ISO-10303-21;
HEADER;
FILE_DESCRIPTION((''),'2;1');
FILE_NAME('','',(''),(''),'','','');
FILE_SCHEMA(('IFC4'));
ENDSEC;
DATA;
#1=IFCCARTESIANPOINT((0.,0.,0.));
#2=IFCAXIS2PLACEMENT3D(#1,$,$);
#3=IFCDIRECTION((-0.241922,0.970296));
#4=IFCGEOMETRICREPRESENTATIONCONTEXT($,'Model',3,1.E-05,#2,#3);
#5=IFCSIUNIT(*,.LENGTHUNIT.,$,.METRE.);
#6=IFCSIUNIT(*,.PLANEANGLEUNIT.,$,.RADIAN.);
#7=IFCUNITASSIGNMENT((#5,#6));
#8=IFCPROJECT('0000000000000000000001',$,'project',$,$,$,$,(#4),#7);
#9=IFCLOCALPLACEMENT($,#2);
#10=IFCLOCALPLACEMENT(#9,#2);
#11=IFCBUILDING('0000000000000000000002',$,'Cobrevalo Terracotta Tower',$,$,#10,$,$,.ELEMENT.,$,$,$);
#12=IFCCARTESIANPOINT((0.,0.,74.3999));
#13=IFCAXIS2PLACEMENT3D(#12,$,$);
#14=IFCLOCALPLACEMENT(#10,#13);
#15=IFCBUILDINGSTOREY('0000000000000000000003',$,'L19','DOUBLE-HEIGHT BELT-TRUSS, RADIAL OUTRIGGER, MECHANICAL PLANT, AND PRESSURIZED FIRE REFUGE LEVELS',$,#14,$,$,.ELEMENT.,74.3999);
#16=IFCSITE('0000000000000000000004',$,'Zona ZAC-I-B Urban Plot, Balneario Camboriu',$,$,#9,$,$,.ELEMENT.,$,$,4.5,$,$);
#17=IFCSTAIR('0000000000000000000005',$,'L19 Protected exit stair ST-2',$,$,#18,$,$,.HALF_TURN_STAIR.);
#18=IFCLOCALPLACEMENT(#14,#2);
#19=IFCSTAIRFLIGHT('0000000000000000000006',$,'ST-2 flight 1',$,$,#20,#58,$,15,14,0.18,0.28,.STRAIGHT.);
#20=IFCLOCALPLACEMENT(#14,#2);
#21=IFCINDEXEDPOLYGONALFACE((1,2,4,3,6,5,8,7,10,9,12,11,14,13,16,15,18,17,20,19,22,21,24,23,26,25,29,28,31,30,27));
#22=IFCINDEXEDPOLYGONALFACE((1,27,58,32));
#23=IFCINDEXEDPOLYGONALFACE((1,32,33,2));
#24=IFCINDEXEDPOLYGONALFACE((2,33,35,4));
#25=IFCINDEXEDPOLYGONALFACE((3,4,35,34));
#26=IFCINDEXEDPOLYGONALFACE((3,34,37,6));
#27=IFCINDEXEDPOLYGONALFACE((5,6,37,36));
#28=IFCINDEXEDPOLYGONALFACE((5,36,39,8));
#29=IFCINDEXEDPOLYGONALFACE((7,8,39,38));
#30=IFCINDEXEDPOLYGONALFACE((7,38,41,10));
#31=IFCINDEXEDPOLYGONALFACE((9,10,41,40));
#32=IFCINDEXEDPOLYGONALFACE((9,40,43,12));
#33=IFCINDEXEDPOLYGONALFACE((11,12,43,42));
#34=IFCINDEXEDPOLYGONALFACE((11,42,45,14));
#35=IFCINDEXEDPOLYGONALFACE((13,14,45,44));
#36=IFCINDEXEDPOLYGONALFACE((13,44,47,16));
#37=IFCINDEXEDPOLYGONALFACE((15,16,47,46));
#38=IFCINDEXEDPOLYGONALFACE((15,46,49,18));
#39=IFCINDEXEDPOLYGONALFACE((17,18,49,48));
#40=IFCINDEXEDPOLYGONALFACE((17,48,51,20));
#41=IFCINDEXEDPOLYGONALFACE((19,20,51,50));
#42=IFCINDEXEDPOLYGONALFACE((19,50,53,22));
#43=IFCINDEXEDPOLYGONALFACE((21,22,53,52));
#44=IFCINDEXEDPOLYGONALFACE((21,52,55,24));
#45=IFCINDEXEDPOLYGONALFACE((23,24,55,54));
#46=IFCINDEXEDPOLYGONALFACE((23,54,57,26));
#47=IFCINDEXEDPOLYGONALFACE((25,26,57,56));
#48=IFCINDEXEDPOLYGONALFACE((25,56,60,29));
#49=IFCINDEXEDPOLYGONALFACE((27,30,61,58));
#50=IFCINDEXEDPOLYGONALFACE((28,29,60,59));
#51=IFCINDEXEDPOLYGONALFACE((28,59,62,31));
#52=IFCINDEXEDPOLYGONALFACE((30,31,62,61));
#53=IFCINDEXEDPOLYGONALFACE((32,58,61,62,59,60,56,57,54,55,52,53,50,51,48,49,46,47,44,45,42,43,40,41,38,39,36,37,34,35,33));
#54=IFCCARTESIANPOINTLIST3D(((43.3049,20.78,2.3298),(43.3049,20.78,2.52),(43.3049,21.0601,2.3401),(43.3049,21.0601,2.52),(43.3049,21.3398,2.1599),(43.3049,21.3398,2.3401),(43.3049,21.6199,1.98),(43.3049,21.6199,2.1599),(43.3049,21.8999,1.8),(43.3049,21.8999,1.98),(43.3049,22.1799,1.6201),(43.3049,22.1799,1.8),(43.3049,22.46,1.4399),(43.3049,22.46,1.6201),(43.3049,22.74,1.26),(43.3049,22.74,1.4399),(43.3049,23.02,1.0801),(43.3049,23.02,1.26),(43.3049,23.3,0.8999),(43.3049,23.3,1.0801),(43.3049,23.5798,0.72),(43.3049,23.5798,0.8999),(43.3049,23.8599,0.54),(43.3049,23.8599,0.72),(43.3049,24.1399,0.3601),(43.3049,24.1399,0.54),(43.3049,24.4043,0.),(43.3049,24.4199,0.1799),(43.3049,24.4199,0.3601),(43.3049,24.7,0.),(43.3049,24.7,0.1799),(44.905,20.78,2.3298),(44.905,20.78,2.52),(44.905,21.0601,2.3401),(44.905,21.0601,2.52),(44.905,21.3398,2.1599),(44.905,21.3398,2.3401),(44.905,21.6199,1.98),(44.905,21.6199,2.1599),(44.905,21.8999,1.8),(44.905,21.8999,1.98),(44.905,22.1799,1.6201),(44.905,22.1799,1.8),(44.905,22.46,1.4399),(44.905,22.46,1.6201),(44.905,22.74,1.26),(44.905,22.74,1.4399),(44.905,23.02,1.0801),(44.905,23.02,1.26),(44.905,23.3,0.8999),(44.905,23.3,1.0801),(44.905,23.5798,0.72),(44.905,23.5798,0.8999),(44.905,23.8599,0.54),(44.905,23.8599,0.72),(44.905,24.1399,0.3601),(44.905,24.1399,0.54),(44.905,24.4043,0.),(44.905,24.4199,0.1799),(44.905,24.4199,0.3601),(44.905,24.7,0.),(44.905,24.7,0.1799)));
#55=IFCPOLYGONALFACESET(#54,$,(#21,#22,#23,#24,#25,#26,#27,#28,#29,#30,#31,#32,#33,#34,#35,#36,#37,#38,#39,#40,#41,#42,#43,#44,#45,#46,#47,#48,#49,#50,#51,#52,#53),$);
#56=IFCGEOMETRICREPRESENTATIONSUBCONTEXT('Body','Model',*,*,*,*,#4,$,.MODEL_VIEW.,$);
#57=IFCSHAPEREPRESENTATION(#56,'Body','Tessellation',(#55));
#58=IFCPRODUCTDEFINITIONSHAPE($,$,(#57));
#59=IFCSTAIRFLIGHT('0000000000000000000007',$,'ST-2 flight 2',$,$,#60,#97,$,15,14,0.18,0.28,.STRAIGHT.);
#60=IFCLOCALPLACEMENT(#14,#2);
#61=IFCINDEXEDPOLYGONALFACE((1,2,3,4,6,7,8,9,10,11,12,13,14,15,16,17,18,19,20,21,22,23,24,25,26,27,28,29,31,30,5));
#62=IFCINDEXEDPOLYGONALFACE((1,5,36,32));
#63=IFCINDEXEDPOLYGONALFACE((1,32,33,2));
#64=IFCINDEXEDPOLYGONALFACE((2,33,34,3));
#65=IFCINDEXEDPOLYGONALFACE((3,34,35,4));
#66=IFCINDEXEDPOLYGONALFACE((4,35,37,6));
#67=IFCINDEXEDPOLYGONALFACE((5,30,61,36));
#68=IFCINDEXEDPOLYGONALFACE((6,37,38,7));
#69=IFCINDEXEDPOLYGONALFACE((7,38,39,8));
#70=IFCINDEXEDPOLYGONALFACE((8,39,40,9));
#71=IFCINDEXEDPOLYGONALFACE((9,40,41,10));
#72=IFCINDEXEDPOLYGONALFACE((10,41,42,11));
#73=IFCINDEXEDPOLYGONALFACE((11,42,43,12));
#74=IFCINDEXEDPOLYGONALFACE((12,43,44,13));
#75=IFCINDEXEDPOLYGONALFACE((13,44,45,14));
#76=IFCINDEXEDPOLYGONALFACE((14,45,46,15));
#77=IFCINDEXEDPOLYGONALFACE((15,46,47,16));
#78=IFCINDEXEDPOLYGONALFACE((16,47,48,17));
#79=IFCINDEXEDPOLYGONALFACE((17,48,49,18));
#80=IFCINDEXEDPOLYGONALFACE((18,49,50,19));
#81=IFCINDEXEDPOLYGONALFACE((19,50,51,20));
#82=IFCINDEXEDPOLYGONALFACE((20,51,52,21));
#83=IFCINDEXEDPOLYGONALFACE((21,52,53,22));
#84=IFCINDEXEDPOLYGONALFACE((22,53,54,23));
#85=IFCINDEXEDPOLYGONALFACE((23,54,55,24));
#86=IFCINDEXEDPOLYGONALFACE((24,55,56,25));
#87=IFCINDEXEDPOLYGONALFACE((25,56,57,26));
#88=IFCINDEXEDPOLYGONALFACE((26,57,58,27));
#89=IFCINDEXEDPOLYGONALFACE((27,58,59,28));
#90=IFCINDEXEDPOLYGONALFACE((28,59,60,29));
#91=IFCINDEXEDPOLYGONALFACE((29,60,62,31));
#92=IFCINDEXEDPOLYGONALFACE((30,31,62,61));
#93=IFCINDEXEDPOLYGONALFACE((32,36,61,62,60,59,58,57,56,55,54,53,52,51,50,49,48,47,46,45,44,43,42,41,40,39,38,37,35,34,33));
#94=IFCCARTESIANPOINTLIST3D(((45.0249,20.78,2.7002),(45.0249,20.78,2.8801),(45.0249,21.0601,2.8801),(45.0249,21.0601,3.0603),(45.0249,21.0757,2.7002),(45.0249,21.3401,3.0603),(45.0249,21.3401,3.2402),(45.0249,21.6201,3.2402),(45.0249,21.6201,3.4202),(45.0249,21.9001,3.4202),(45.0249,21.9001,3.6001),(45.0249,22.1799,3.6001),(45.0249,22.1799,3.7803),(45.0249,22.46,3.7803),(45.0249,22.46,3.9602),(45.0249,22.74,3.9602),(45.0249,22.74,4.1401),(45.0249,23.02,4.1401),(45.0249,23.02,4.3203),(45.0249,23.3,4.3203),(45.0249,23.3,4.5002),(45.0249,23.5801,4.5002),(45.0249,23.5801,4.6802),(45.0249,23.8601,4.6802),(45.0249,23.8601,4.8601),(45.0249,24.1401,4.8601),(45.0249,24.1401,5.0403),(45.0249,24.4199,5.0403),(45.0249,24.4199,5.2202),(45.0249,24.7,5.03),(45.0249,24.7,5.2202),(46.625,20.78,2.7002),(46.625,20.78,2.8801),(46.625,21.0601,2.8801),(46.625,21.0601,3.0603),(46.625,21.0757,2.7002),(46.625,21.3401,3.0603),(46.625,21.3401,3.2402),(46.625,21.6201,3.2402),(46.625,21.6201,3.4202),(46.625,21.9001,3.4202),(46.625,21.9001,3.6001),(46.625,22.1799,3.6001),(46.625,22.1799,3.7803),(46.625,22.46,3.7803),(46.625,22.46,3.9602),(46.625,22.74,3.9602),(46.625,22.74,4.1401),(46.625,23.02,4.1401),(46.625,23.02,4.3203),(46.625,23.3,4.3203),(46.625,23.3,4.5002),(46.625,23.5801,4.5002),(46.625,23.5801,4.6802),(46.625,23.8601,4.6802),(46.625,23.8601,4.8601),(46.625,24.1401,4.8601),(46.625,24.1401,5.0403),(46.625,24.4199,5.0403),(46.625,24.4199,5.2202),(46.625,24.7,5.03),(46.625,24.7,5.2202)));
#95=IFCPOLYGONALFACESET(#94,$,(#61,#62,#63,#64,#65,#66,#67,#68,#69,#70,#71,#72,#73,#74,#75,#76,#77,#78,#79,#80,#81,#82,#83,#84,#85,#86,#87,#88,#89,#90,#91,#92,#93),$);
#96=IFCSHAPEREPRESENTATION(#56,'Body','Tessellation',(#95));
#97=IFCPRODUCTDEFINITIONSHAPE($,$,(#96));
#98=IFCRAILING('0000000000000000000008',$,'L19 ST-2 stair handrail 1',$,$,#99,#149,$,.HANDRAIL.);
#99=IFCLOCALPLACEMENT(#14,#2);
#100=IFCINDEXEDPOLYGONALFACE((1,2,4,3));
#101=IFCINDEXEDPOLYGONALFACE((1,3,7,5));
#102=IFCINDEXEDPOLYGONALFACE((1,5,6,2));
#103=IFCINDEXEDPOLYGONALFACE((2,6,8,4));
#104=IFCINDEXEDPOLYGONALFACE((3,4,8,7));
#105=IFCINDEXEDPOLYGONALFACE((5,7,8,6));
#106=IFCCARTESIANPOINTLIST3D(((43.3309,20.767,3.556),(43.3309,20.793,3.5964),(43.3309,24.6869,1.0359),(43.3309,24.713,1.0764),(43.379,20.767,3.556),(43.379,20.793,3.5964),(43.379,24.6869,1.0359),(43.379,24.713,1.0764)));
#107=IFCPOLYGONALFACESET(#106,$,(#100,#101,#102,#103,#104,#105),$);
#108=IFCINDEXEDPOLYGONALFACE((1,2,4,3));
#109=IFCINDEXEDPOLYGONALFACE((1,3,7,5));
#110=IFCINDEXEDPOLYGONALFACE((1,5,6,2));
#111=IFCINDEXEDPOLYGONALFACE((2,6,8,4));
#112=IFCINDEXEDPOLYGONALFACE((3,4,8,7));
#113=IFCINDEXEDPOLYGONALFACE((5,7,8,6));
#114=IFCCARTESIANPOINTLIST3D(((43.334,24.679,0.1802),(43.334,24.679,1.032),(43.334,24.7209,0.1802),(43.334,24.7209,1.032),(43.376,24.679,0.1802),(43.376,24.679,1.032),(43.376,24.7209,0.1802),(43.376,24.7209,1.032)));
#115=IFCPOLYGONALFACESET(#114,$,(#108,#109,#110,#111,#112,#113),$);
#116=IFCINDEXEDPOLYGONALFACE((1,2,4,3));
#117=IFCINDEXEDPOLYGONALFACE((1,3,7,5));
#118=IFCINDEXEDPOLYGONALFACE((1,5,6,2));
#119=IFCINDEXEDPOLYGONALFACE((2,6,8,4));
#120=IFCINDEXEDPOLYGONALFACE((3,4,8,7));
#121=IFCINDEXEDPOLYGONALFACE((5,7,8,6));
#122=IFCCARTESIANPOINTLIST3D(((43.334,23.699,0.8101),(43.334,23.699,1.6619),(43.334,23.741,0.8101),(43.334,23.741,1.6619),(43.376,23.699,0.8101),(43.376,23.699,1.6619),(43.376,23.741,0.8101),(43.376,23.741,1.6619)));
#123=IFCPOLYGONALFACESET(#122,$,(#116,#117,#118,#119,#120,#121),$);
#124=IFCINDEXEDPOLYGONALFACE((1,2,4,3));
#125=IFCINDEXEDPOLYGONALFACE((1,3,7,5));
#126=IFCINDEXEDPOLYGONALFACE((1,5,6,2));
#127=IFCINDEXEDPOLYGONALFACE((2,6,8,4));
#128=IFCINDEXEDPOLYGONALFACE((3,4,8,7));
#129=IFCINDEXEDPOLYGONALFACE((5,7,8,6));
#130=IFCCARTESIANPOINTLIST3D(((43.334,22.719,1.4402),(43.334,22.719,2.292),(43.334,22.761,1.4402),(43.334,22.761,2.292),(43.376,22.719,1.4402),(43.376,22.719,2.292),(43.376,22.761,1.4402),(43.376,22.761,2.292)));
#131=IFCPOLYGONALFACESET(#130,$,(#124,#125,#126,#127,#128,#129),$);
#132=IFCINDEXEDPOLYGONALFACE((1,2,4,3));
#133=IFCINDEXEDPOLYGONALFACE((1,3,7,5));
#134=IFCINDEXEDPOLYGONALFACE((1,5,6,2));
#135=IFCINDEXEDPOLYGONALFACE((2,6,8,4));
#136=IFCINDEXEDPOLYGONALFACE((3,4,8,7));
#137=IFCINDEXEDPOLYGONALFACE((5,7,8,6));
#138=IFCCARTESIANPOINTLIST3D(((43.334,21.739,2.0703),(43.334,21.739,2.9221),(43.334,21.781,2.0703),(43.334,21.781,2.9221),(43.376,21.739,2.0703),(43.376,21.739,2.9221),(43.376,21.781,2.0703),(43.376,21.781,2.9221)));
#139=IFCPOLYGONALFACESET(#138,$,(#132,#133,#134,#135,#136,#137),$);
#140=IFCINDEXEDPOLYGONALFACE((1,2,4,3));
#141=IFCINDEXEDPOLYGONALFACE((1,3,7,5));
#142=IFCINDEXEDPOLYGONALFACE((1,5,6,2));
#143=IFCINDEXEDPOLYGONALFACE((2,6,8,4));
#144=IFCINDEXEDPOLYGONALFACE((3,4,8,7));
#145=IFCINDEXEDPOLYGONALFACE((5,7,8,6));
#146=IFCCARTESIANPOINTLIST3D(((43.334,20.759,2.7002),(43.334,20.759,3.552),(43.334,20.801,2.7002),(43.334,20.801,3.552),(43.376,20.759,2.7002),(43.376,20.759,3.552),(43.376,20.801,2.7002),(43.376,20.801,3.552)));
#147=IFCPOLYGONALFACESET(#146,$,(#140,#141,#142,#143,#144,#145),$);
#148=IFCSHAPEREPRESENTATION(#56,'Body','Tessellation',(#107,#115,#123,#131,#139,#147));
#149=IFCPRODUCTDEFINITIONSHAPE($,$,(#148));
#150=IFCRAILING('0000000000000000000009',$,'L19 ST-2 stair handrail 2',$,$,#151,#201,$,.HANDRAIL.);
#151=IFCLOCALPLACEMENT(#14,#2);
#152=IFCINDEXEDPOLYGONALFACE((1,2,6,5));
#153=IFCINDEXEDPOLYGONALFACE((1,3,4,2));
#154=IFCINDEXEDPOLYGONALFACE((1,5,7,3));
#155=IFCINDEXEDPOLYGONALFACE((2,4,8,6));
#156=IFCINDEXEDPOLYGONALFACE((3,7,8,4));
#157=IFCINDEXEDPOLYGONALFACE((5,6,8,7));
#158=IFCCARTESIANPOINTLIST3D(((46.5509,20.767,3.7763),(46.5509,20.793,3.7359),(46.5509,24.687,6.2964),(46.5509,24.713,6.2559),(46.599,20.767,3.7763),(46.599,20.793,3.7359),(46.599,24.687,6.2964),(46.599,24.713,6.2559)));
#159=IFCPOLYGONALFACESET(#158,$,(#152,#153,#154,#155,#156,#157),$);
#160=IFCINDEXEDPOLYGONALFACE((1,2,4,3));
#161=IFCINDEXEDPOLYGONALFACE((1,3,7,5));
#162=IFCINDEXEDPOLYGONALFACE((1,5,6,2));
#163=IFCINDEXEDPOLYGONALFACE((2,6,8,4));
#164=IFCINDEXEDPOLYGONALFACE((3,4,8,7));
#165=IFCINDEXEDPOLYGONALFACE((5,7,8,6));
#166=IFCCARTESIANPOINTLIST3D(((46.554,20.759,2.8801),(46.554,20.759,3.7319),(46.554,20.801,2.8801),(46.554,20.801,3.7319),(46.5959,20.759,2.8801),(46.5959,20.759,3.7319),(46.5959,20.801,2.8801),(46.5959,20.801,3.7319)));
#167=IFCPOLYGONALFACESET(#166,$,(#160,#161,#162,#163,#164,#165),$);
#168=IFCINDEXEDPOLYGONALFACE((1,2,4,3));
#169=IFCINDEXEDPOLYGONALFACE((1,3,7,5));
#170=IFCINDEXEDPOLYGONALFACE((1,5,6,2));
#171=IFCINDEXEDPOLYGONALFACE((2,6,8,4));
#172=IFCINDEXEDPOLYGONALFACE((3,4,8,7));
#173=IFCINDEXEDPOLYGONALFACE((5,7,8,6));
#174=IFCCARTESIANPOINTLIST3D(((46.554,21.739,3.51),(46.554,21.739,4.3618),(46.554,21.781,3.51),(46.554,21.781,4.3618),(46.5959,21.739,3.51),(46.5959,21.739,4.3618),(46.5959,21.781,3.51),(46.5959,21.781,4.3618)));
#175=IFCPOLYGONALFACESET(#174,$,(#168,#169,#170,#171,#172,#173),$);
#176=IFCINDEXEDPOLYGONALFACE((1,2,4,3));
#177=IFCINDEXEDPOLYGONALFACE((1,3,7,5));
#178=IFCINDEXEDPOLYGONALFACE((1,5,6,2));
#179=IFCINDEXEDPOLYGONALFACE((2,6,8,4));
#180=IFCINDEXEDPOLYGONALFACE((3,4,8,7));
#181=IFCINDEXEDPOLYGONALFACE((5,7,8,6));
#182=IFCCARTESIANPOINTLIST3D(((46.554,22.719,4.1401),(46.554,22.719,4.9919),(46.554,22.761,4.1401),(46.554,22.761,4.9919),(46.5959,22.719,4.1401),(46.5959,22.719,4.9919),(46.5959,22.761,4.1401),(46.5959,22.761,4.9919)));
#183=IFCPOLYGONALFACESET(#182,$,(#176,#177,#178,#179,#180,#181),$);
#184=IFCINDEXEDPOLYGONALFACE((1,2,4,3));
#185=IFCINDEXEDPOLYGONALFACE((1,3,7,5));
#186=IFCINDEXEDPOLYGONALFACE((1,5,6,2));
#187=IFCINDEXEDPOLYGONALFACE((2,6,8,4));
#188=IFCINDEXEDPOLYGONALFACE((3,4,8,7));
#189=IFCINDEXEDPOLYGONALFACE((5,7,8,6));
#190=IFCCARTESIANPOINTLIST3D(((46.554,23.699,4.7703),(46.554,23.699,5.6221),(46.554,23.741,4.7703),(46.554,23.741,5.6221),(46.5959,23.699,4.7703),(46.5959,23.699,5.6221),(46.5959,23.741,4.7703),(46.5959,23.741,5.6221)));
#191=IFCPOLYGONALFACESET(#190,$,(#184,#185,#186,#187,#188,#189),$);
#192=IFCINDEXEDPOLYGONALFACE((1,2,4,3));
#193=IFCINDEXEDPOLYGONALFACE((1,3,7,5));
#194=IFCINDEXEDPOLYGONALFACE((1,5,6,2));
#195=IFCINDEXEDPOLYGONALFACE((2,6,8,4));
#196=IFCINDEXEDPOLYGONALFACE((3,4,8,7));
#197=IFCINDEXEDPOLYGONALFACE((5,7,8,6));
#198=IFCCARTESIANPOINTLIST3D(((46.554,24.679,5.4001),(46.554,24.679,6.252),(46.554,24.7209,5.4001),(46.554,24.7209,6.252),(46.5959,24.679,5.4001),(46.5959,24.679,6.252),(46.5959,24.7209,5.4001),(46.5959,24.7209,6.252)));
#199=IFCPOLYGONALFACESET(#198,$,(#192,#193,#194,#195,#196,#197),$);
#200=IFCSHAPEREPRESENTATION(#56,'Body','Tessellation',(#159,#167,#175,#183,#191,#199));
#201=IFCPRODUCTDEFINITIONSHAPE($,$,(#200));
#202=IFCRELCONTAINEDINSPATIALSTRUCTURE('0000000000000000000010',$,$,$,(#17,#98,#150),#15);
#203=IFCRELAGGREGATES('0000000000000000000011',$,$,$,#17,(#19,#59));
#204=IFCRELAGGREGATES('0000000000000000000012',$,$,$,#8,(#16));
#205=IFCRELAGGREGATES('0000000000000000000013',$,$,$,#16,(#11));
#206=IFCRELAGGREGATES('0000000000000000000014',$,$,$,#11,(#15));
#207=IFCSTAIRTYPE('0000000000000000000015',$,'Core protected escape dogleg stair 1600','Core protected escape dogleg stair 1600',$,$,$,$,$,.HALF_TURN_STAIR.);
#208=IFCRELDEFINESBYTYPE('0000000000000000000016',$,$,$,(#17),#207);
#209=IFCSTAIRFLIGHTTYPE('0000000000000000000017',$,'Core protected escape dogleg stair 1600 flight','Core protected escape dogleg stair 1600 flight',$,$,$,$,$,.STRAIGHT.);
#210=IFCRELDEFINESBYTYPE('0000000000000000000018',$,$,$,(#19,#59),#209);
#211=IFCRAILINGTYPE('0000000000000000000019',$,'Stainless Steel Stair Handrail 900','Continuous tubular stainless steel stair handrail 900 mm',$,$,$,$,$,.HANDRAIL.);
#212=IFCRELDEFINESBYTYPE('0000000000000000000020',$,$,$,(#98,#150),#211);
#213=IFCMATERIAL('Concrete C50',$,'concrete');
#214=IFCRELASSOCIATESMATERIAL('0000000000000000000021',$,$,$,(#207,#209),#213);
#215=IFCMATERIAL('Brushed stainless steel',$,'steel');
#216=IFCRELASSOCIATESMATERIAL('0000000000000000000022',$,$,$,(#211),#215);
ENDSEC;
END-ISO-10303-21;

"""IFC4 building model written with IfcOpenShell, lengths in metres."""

from ifc_helpers import new_model, si_unit, direction, frame, origin, origin_2d, place, context, subcontext, project, spatial, polyline, rectangle, outline, extrude, material, type_object, element, aggregate, save


model = new_model("IFC4")

# Units and contexts
model_context = context("Model", 3, precision=1e-05, world=origin(), true_north=direction((-0.241922, 0.970296)))
body_context = subcontext(model_context, "Body", "Model", "MODEL_VIEW")
ifc_project = project(units=[si_unit("LENGTHUNIT", "METRE"), si_unit("PLANEANGLEUNIT", "RADIAN")], contexts=[model_context])

# Site, building, storey
site_placement = place(None, origin())
site = spatial("IfcSite", under=ifc_project, at=site_placement, Name="Zona ZAC-I-B Urban Plot, Balneario Camboriu", CompositionType="ELEMENT", RefElevation=4.5)
building_placement = place(site_placement, origin())
building = spatial("IfcBuilding", under=site, at=building_placement, Name="Cobrevalo Terracotta Tower", CompositionType="ELEMENT")
storey_placement = place(building_placement, frame((0.0, 0.0, 74.3999)))
storey = spatial("IfcBuildingStorey", under=building, at=storey_placement, Name="L19", Description="DOUBLE-HEIGHT BELT-TRUSS, RADIAL OUTRIGGER, MECHANICAL PLANT, AND PRESSURIZED FIRE REFUGE LEVELS", CompositionType="ELEMENT", Elevation=74.3999)

# Stair, stair flights
ifc_material_1 = material(Name="Concrete C50", Category="concrete")
stair_type = type_object("IfcStairType", Name="Core protected escape dogleg stair 1600", Description="Core protected escape dogleg stair 1600", PredefinedType="HALF_TURN_STAIR", material=ifc_material_1)
stair_placement = place(storey_placement, origin())
stair = element("IfcStair", 1, at=stair_placement, inside=storey, type_object=stair_type, Name="L19 Protected exit stair ST-2", PredefinedType="HALF_TURN_STAIR")
stair_flight_type = type_object("IfcStairFlightType", Name="Core protected escape dogleg stair 1600 flight", Description="Core protected escape dogleg stair 1600 flight", PredefinedType="STRAIGHT", material=ifc_material_1)
stair_flight_1_placement = place(storey_placement, frame((44.105, 24.7, 0.0), z_axis=(0.0, 0.0, 1.0), x_axis=(0.0, -1.0, 0.0)))
stair_flight_1 = element("IfcStairFlight", 2, at=stair_flight_1_placement, type_object=stair_flight_type, Name="ST-2 flight 1", NumberOfRisers=15, NumberOfTreads=14, PredefinedType="STRAIGHT", RiserHeight=0.18, TreadLength=0.28, context=body_context, shape_type="SweptSolid", body=[
    extrude(outline(polyline([(0.0, 0.0), (0.0, 0.1799), (0.28, 0.1799), (0.28, 0.3601), (0.5601, 0.3601), (0.5601, 0.54), (0.8401, 0.54), (0.8401, 0.72), (1.1201, 0.72), (1.1201, 0.8999), (1.3999, 0.8999), (1.3999, 1.0801), (1.6799, 1.0801), (1.6799, 1.26), (1.96, 1.26), (1.96, 1.4399), (2.24, 1.4399), (2.24, 1.6201), (2.52, 1.6201), (2.52, 1.8), (2.8, 1.8), (2.8, 1.98), (3.0801, 1.98), (3.0801, 2.1599), (3.3601, 2.1599), (3.3601, 2.3401), (3.6399, 2.3401), (3.6399, 2.52), (3.9199, 2.52), (3.9199, 2.7), (3.9199, 2.3298), (0.2957, 0.0), (0.0, 0.0)])), frame((0.0, 0.8, 0.0), z_axis=(0.0, -1.0, 0.0), x_axis=(1.0, 0.0, 0.0)), (0.0, 0.0, 1.0), 1.6001),
])
stair_flight_2_placement = place(storey_placement, frame((45.825, 20.78, 2.7002), z_axis=(0.0, 0.0, 1.0), x_axis=(0.0, 1.0, 0.0)))
stair_flight_2 = element("IfcStairFlight", 3, at=stair_flight_2_placement, type_object=stair_flight_type, Name="ST-2 flight 2", NumberOfRisers=15, NumberOfTreads=14, PredefinedType="STRAIGHT", RiserHeight=0.18, TreadLength=0.28, context=body_context, shape_type="SweptSolid", body=[
    extrude(outline(polyline([(0.0, 0.0), (0.0, 0.1799), (0.28, 0.1799), (0.28, 0.3601), (0.5601, 0.3601), (0.5601, 0.54), (0.8401, 0.54), (0.8401, 0.72), (1.1201, 0.72), (1.1201, 0.8999), (1.3999, 0.8999), (1.3999, 1.0801), (1.6799, 1.0801), (1.6799, 1.26), (1.96, 1.26), (1.96, 1.4399), (2.24, 1.4399), (2.24, 1.6201), (2.52, 1.6201), (2.52, 1.8), (2.8, 1.8), (2.8, 1.98), (3.0801, 1.98), (3.0801, 2.1599), (3.3601, 2.1599), (3.3601, 2.3401), (3.6399, 2.3401), (3.6399, 2.52), (3.9199, 2.52), (3.9199, 2.7), (3.9199, 2.3298), (0.2957, 0.0), (0.0, 0.0)])), frame((0.0, 0.8, 0.0), z_axis=(0.0, -1.0, 0.0), x_axis=(1.0, 0.0, 0.0)), (0.0, 0.0, 1.0), 1.6001),
])
aggregate(stair, [stair_flight_1, stair_flight_2])

# Railings
ifc_material_2 = material(Name="Brushed stainless steel", Category="steel")
railing_type_1 = type_object("IfcRailingType", Name="Stainless Steel Stair Handrail 900", Description="Continuous tubular stainless steel stair handrail 900 mm", PredefinedType="HANDRAIL", material=ifc_material_2)
railing_1_placement = place(storey_placement, frame((43.355, 24.7, 0.1802)))
element("IfcRailing", 4, at=railing_1_placement, inside=storey, type_object=railing_type_1, Name="L19 ST-2 stair handrail 1", PredefinedType="HANDRAIL", context=body_context, shape_type="SweptSolid", body=[
    extrude(rectangle(XDim=0.0481, YDim=0.0481, at=origin_2d()), frame((0.0, 0.0, 0.876), z_axis=(0.0, -0.841172, 0.540768), x_axis=(1.0, 0.0, 0.0)), (0.0, 0.0, 1.0), 4.6602),
    extrude(rectangle(XDim=0.042, YDim=0.042, at=origin_2d()), origin(), (0.0, 0.0, 1.0), 0.8518),
    extrude(rectangle(XDim=0.042, YDim=0.042, at=origin_2d()), frame((0.0, -0.98, 0.6299)), (0.0, 0.0, 1.0), 0.8518),
    extrude(rectangle(XDim=0.042, YDim=0.042, at=origin_2d()), frame((0.0, -1.96, 1.26)), (0.0, 0.0, 1.0), 0.8518),
    extrude(rectangle(XDim=0.042, YDim=0.042, at=origin_2d()), frame((0.0, -2.9399, 1.8901)), (0.0, 0.0, 1.0), 0.8518),
    extrude(rectangle(XDim=0.042, YDim=0.042, at=origin_2d()), frame((0.0, -3.9199, 2.52)), (0.0, 0.0, 1.0), 0.8518),
])
railing_2_placement = place(storey_placement, frame((46.575, 20.78, 2.8801)))
element("IfcRailing", 5, at=railing_2_placement, inside=storey, type_object=railing_type_1, Name="L19 ST-2 stair handrail 2", PredefinedType="HANDRAIL", context=body_context, shape_type="SweptSolid", body=[
    extrude(rectangle(XDim=0.0481, YDim=0.0481, at=origin_2d()), frame((0.0, 0.0, 0.876), z_axis=(0.0, 0.841172, 0.540768), x_axis=(-1.0, 0.0, 0.0)), (0.0, 0.0, 1.0), 4.6602),
    extrude(rectangle(XDim=0.042, YDim=0.042, at=origin_2d()), origin(), (0.0, 0.0, 1.0), 0.8518),
    extrude(rectangle(XDim=0.042, YDim=0.042, at=origin_2d()), frame((0.0, 0.98, 0.6299)), (0.0, 0.0, 1.0), 0.8518),
    extrude(rectangle(XDim=0.042, YDim=0.042, at=origin_2d()), frame((0.0, 1.96, 1.26)), (0.0, 0.0, 1.0), 0.8518),
    extrude(rectangle(XDim=0.042, YDim=0.042, at=origin_2d()), frame((0.0, 2.9399, 1.8901)), (0.0, 0.0, 1.0), 0.8518),
    extrude(rectangle(XDim=0.042, YDim=0.042, at=origin_2d()), frame((0.0, 3.9199, 2.52)), (0.0, 0.0, 1.0), 0.8518),
])

save(model, "model.ifc")
